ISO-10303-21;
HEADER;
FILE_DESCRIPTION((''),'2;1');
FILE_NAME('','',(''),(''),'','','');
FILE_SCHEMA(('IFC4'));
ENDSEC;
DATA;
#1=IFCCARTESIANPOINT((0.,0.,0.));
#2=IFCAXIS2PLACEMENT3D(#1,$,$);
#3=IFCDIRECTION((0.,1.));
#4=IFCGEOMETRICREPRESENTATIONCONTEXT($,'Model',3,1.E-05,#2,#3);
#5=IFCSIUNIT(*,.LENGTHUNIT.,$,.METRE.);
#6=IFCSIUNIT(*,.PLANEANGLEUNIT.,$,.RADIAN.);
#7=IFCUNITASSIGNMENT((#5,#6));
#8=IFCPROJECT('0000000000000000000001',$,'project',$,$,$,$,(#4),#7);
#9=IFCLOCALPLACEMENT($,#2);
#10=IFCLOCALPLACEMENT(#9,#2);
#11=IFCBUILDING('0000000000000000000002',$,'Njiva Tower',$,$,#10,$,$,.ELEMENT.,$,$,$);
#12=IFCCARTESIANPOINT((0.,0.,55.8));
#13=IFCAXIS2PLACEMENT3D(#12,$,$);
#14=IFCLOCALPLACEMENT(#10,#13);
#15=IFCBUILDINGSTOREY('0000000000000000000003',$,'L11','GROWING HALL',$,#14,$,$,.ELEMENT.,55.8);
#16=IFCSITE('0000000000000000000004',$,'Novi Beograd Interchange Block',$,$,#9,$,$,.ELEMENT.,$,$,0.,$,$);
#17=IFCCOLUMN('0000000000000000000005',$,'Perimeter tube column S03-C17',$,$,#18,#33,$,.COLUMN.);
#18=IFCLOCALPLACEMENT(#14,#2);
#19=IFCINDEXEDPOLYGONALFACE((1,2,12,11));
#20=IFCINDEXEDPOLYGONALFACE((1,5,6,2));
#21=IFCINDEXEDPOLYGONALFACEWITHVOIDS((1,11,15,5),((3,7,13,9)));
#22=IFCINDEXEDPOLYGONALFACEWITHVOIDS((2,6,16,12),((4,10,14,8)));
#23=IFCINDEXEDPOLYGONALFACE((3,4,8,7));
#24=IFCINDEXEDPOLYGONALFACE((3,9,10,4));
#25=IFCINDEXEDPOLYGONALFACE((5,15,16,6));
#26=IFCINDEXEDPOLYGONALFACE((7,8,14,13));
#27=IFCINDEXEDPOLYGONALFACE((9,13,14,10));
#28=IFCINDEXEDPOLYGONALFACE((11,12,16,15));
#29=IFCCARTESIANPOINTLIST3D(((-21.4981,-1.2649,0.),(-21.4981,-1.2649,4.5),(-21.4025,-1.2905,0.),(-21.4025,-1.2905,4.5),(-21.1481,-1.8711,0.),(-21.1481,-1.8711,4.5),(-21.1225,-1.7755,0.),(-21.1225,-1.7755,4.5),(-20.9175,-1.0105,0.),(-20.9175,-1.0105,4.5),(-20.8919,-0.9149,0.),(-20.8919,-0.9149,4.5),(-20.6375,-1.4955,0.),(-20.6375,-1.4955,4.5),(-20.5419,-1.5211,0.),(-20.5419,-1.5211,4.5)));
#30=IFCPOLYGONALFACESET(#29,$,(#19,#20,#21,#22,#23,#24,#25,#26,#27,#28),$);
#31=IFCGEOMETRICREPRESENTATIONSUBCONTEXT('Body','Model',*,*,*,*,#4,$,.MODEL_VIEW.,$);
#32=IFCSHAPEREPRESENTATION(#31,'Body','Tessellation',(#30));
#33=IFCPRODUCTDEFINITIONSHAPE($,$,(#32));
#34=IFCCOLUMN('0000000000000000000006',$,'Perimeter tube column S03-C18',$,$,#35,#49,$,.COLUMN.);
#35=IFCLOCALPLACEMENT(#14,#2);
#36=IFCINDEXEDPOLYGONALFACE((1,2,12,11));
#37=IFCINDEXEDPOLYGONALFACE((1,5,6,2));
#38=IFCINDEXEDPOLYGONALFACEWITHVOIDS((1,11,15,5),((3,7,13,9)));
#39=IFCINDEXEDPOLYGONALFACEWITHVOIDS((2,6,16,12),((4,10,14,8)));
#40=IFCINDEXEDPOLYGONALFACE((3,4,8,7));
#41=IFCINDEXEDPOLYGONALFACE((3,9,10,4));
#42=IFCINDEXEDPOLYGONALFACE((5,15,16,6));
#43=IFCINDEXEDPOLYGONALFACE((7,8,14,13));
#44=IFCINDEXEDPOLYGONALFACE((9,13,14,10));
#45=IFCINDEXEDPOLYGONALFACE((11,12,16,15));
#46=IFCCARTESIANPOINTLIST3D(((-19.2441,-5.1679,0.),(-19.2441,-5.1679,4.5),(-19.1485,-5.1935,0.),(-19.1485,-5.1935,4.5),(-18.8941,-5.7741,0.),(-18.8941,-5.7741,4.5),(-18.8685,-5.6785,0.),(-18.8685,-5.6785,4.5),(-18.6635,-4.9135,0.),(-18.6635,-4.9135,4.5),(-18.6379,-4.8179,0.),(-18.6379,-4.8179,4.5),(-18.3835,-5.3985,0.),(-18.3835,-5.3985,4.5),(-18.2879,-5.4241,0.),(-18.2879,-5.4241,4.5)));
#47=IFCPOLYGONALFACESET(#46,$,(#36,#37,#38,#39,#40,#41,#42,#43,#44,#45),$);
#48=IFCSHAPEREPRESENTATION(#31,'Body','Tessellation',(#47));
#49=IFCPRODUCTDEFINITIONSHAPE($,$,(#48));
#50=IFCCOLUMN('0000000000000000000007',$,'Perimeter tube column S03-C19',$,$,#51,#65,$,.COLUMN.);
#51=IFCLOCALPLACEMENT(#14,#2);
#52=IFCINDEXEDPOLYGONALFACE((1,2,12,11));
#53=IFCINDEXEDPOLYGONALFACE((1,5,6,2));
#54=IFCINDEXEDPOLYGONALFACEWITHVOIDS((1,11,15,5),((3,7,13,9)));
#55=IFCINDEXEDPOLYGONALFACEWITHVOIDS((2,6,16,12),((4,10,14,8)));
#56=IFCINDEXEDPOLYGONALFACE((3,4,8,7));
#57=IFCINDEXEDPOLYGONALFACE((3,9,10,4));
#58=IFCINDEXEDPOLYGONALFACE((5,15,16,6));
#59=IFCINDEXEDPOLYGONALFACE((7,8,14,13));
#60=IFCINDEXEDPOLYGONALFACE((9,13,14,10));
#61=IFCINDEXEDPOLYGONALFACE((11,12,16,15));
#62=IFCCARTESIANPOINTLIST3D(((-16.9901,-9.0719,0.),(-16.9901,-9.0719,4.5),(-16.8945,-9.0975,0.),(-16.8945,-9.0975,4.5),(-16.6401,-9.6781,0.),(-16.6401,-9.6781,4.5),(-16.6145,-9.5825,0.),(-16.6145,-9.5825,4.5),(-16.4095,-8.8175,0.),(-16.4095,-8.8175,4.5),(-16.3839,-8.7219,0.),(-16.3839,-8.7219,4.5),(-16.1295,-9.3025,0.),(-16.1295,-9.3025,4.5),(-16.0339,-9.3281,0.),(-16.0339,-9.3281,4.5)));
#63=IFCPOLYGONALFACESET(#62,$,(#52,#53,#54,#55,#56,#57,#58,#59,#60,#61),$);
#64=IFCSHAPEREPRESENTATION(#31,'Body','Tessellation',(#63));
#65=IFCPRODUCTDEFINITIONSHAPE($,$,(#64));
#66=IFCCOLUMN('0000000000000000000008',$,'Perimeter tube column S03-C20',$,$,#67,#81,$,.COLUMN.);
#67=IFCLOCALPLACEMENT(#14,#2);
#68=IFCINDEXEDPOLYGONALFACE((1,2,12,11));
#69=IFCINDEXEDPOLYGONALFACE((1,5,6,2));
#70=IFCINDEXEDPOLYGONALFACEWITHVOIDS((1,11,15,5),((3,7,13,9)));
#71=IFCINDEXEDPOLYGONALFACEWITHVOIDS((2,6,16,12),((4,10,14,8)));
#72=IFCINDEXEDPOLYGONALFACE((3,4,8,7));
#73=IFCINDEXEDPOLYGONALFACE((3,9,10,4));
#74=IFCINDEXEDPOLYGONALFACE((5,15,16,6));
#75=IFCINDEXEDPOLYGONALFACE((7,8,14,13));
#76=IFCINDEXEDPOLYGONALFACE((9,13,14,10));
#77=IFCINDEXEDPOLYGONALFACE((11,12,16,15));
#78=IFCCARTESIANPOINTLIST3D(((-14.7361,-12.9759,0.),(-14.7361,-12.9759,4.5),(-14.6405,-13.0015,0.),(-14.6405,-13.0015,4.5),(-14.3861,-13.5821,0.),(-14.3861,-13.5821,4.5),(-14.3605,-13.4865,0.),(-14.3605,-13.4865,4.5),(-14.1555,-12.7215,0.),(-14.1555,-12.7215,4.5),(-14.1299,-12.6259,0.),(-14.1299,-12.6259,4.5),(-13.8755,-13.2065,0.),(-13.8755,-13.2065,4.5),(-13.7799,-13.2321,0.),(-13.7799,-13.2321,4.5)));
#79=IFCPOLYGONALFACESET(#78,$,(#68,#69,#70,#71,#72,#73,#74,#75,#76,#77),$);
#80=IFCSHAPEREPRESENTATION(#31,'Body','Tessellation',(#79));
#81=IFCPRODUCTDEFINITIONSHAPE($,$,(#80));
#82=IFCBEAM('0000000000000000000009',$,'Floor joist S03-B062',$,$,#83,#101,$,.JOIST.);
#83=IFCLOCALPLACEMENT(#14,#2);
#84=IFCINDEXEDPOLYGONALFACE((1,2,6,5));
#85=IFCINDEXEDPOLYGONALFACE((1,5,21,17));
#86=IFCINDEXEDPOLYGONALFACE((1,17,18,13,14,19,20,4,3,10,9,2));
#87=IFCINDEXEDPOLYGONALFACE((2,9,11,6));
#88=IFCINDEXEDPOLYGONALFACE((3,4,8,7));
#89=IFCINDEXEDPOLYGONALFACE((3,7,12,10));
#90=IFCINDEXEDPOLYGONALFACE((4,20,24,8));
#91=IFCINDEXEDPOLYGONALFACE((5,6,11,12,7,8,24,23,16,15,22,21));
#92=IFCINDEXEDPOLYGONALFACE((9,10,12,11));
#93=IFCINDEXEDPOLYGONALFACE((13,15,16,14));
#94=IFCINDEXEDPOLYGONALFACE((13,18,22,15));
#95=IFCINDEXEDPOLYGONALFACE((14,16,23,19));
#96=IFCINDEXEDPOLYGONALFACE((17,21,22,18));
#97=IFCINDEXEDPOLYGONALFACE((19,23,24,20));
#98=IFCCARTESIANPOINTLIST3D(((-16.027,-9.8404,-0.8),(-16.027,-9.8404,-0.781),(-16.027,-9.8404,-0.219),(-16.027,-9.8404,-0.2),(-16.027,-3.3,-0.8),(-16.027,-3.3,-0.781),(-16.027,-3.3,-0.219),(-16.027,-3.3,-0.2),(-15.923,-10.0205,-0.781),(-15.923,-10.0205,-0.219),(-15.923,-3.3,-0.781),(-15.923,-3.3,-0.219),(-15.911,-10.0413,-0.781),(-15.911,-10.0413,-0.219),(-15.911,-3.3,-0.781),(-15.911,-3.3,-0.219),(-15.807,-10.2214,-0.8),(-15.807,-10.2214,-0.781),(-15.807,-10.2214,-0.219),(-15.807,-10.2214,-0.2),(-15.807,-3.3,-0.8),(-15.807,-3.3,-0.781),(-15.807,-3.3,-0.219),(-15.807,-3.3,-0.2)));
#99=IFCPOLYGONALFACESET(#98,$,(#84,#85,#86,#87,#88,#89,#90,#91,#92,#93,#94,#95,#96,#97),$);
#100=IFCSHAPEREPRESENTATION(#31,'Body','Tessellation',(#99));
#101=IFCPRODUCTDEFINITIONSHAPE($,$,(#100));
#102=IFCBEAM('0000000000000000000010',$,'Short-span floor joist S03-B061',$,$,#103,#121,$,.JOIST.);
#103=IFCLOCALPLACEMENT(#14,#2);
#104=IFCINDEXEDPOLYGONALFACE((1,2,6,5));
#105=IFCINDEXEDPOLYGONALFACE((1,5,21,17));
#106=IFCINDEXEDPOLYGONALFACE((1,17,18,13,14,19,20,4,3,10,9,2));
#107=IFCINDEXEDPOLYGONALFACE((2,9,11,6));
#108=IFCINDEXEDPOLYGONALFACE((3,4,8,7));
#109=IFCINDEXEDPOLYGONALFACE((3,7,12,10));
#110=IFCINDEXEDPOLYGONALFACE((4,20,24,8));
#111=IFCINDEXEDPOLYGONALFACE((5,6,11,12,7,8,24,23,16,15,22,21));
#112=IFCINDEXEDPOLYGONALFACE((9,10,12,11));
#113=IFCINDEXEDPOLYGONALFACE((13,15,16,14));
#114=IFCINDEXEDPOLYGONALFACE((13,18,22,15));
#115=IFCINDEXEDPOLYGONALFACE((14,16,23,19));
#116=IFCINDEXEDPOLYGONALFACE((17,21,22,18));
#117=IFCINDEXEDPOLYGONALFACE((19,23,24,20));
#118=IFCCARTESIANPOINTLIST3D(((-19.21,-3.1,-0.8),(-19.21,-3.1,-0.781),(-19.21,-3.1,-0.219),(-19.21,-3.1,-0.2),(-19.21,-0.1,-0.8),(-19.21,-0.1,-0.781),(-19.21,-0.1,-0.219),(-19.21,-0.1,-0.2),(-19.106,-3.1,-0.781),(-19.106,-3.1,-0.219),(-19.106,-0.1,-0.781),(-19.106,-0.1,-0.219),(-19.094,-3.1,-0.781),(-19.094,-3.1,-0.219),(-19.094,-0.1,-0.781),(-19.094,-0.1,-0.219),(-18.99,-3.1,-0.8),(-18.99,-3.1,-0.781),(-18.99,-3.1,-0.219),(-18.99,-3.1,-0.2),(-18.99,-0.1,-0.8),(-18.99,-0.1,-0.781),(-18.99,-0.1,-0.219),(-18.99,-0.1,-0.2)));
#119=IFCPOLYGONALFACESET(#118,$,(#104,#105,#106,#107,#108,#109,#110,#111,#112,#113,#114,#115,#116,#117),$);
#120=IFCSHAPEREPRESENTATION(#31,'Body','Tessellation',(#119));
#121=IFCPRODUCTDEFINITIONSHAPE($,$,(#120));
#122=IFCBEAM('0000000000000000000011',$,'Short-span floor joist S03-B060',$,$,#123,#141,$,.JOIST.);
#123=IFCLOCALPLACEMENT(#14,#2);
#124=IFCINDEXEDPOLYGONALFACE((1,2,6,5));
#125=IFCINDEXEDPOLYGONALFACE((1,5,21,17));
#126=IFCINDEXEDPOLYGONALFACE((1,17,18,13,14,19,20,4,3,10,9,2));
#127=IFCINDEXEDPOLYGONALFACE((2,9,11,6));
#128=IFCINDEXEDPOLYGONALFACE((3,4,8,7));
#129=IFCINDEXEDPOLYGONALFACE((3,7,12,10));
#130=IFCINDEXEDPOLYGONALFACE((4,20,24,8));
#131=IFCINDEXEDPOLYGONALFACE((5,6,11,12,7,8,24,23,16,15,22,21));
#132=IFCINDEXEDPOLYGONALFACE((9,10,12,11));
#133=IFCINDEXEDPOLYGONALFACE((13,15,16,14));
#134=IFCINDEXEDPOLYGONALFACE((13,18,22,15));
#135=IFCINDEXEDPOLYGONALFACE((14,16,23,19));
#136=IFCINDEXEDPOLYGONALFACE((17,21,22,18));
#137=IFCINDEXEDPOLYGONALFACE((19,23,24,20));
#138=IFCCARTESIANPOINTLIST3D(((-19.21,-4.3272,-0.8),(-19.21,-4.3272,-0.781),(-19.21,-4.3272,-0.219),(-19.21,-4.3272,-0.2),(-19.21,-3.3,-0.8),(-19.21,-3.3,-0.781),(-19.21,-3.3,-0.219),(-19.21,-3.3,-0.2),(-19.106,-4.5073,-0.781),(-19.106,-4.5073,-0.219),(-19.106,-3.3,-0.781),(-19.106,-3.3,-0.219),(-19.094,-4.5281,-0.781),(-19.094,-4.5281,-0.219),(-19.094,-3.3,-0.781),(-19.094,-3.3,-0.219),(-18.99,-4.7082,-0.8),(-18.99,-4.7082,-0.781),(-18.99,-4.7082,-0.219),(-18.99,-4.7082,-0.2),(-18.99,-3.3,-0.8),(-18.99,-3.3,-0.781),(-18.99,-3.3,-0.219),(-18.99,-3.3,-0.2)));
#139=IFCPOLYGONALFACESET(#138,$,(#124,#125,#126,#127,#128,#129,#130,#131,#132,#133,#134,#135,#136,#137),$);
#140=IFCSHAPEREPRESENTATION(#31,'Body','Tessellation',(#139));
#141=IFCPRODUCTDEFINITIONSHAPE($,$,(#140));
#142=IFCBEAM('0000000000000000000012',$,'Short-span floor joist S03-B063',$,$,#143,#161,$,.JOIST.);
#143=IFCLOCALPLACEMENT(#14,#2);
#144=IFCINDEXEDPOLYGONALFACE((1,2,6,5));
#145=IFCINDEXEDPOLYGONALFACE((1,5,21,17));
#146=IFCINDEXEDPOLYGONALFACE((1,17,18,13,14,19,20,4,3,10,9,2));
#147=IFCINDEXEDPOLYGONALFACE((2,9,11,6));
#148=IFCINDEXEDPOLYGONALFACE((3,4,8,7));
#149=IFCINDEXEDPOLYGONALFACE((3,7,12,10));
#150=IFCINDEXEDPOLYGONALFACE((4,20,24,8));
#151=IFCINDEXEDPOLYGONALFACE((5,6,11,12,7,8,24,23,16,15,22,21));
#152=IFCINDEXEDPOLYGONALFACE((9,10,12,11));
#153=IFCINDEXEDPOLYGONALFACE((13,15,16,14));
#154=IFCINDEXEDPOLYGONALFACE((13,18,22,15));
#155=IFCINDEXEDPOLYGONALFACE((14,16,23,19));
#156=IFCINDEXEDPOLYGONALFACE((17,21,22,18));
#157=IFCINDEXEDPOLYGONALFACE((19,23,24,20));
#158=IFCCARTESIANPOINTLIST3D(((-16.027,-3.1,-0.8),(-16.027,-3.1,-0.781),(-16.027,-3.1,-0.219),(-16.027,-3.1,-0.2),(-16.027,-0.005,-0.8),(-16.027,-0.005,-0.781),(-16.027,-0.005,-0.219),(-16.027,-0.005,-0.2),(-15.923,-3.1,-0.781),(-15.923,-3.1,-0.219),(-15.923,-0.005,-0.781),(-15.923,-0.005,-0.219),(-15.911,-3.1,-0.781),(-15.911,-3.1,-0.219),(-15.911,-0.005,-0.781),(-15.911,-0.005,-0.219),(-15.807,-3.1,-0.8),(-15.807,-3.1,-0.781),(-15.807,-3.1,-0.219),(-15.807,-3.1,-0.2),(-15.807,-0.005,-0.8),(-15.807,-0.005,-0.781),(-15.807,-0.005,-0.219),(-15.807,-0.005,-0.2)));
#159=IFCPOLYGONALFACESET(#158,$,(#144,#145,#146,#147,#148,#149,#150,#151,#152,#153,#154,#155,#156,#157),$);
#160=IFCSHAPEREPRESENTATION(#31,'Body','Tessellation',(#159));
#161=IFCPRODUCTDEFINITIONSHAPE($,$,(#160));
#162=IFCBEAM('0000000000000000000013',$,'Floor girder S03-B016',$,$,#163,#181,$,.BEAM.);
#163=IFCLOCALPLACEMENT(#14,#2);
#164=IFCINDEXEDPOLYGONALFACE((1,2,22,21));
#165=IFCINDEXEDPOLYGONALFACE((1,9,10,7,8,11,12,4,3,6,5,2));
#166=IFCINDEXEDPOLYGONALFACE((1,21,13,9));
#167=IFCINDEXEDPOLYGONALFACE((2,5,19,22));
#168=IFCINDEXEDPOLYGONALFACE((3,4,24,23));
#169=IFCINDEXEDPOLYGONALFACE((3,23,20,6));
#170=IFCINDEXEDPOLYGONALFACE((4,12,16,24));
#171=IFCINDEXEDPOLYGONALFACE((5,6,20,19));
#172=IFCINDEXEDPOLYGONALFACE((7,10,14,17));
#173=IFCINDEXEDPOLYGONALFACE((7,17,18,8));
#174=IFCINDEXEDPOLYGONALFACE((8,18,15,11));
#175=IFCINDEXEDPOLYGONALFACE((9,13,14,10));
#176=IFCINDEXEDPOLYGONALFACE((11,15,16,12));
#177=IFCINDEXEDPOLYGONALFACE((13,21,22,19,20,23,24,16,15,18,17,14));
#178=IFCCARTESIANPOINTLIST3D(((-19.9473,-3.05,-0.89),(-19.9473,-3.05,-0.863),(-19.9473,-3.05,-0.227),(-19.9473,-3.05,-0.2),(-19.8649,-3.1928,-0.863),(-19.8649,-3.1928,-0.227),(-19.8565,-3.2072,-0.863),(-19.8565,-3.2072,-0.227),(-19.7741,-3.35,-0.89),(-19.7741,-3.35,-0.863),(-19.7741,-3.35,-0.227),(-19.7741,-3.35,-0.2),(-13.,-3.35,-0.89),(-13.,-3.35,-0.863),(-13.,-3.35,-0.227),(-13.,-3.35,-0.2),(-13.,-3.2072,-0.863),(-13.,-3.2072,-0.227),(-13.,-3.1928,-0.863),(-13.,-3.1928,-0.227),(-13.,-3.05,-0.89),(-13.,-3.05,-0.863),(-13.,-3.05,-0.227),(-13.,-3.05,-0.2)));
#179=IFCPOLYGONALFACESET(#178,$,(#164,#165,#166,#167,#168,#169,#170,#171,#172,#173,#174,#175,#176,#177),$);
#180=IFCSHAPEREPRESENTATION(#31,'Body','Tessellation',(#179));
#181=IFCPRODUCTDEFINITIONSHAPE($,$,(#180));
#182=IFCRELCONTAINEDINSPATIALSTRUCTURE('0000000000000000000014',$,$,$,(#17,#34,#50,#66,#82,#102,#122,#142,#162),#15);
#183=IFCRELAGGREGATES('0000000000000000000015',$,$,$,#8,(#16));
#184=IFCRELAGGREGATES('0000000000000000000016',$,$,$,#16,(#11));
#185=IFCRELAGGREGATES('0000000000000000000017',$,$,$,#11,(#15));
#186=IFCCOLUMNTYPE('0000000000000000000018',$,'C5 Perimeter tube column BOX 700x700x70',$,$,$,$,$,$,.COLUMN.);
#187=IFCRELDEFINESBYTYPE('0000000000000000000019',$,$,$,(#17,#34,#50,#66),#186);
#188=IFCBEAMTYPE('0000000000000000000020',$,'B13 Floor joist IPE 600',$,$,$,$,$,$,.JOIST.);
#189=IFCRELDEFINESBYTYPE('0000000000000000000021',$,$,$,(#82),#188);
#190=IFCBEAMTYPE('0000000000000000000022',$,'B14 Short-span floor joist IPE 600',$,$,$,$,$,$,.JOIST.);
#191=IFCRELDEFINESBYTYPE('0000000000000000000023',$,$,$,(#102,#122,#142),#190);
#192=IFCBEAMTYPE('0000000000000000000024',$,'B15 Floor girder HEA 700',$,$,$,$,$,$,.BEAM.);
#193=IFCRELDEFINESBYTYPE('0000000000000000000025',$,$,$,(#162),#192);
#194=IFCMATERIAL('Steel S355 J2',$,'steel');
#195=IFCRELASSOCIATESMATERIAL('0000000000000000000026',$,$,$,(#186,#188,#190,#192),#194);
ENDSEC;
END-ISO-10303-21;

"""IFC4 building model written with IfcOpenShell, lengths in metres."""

from ifc_helpers import new_model, si_unit, direction, frame, origin, origin_2d, place, context, subcontext, project, spatial, hollow_rectangle, i_section, extrude, clip, halfspace, material, material_profile, profile_set, type_object, element, save


model = new_model("IFC4")

# Units and contexts
model_context = context("Model", 3, precision=1e-05, world=origin(), true_north=direction((0.0, 1.0)))
body_context = subcontext(model_context, "Body", "Model", "MODEL_VIEW")
ifc_project = project(units=[si_unit("LENGTHUNIT", "METRE"), si_unit("PLANEANGLEUNIT", "RADIAN")], contexts=[model_context])

# Site, building, storey
site_placement = place(None, origin())
site = spatial("IfcSite", under=ifc_project, at=site_placement, Name="Novi Beograd Interchange Block", CompositionType="ELEMENT", RefElevation=0.0)
building_placement = place(site_placement, origin())
building = spatial("IfcBuilding", under=site, at=building_placement, Name="Njiva Tower", CompositionType="ELEMENT")
storey_placement = place(building_placement, frame((0.0, 0.0, 55.8)))
storey = spatial("IfcBuildingStorey", under=building, at=storey_placement, Name="L11", Description="GROWING HALL", CompositionType="ELEMENT", Elevation=55.8)

# Columns
ifc_material_1 = material(Name="Steel S355 J2", Category="steel")
ifc_material_profile_1 = material_profile(ifc_material_1, hollow_rectangle(XDim=0.7, YDim=0.7, WallThickness=0.07, at=origin_2d()), Name="BOX 700x700x70")
ifc_profile_set_1 = profile_set([ifc_material_profile_1], Name="Steel S355 J2")
column_type = type_object("IfcColumnType", Name="C5 Perimeter tube column BOX 700x700x70", PredefinedType="COLUMN", material=ifc_profile_set_1)
for number, where, z_axis, x_axis, name in (
    (1, (-21.02, -1.393, 0.0), (0.0, 0.0, 1.0), (0.5, -0.866025, 0.0), "Perimeter tube column S03-C17"),
    (2, (-18.766, -5.296, 0.0), (0.0, 0.0, 1.0), (0.5, -0.866025, 0.0), "Perimeter tube column S03-C18"),
    (3, (-16.512, -9.2, 0.0), (0.0, 0.0, 1.0), (0.5, -0.866025, 0.0), "Perimeter tube column S03-C19"),
    (4, (-14.258, -13.104, 0.0), (0.0, 0.0, 1.0), (0.5, -0.866025, 0.0), "Perimeter tube column S03-C20"),
):
    element("IfcColumn", number, at=place(storey_placement, frame(where, z_axis=z_axis, x_axis=x_axis)), inside=storey, type_object=column_type, Name=name, PredefinedType="COLUMN", context=body_context, shape_type="SweptSolid", body=[
        extrude(hollow_rectangle(XDim=0.7, YDim=0.7, WallThickness=0.07, at=origin_2d()), origin(), (0.0, 0.0, 1.0), 4.5),
    ])

# Beams
ifc_material_profile_2 = material_profile(ifc_material_1, i_section(OverallWidth=0.22, OverallDepth=0.6, WebThickness=0.012, FlangeThickness=0.019, at=origin_2d()), Name="IPE 600")
ifc_profile_set_2 = profile_set([ifc_material_profile_2], Name="Steel S355 J2")
beam_type_1 = type_object("IfcBeamType", Name="B13 Floor joist IPE 600", PredefinedType="JOIST", material=ifc_profile_set_2)
beam_1_placement = place(storey_placement, frame((-15.917, -3.3, -0.5), z_axis=(0.0, -1.0, 0.0), x_axis=(1.0, 0.0, 0.0)))
element("IfcBeam", 5, at=beam_1_placement, inside=storey, type_object=beam_type_1, Name="Floor joist S03-B062", PredefinedType="JOIST", context=body_context, shape_type="Clipping", body=[
    clip(extrude(i_section(OverallWidth=0.22, OverallDepth=0.6, WebThickness=0.012, FlangeThickness=0.019, at=origin_2d()), origin(), (0.0, 0.0, 1.0), 6.942), halfspace(frame((-0.043, 0.0, 6.6564), z_axis=(-0.866027, 0.0, 0.499998), x_axis=(0.0, 1.0, 0.0)), False)),
])
ifc_material_profile_3 = material_profile(ifc_material_1, i_section(OverallWidth=0.22, OverallDepth=0.6, WebThickness=0.012, FlangeThickness=0.019, at=origin_2d()), Name="IPE 600")
ifc_profile_set_3 = profile_set([ifc_material_profile_3], Name="Steel S355 J2")
beam_type_2 = type_object("IfcBeamType", Name="B14 Short-span floor joist IPE 600", PredefinedType="JOIST", material=ifc_profile_set_3)
beam_2_placement = place(storey_placement, frame((-19.1, -0.1, -0.5), z_axis=(0.0, -1.0, 0.0), x_axis=(1.0, 0.0, 0.0)))
element("IfcBeam", 6, at=beam_2_placement, inside=storey, type_object=beam_type_2, Name="Short-span floor joist S03-B061", PredefinedType="JOIST", context=body_context, shape_type="SweptSolid", body=[
    extrude(i_section(OverallWidth=0.22, OverallDepth=0.6, WebThickness=0.012, FlangeThickness=0.019, at=origin_2d()), origin(), (0.0, 0.0, 1.0), 3.0),
])
beam_3_placement = place(storey_placement, frame((-19.1, -3.3, -0.5), z_axis=(0.0, -1.0, 0.0), x_axis=(1.0, 0.0, 0.0)))
element("IfcBeam", 7, at=beam_3_placement, inside=storey, type_object=beam_type_2, Name="Short-span floor joist S03-B060", PredefinedType="JOIST", context=body_context, shape_type="Clipping", body=[
    clip(extrude(i_section(OverallWidth=0.22, OverallDepth=0.6, WebThickness=0.012, FlangeThickness=0.019, at=origin_2d()), origin(), (0.0, 0.0, 1.0), 1.429), halfspace(frame((-0.0433, 0.0, 1.1427), z_axis=(-0.866027, 0.0, 0.499998), x_axis=(0.0, 1.0, 0.0)), False)),
])
beam_4_placement = place(storey_placement, frame((-15.917, -0.005, -0.5), z_axis=(0.0, -1.0, 0.0), x_axis=(1.0, 0.0, 0.0)))
element("IfcBeam", 8, at=beam_4_placement, inside=storey, type_object=beam_type_2, Name="Short-span floor joist S03-B063", PredefinedType="JOIST", context=body_context, shape_type="SweptSolid", body=[
    extrude(i_section(OverallWidth=0.22, OverallDepth=0.6, WebThickness=0.012, FlangeThickness=0.019, at=origin_2d()), origin(), (0.0, 0.0, 1.0), 3.095),
])
ifc_material_profile_4 = material_profile(ifc_material_1, i_section(OverallWidth=0.3, OverallDepth=0.69, WebThickness=0.0145, FlangeThickness=0.027, at=origin_2d()), Name="HEA 700")
ifc_profile_set_4 = profile_set([ifc_material_profile_4], Name="Steel S355 J2")
beam_type_3 = type_object("IfcBeamType", Name="B15 Floor girder HEA 700", PredefinedType="BEAM", material=ifc_profile_set_4)
beam_5_placement = place(storey_placement, frame((-19.968, -3.2, -0.545), z_axis=(1.0, 0.0, 0.0), x_axis=(0.0, 1.0, 0.0)))
element("IfcBeam", 9, at=beam_5_placement, inside=storey, type_object=beam_type_3, Name="Floor girder S03-B016", PredefinedType="BEAM", context=body_context, shape_type="Clipping", body=[
    clip(extrude(i_section(OverallWidth=0.3, OverallDepth=0.69, WebThickness=0.0145, FlangeThickness=0.027, at=origin_2d()), origin(), (0.0, 0.0, 1.0), 6.968), halfspace(frame((-0.025, 0.0, 0.1217), z_axis=(-0.499998, 0.0, -0.866027), x_axis=(0.0, -1.0, 0.0)), False)),
])

save(model, "model.ifc")
